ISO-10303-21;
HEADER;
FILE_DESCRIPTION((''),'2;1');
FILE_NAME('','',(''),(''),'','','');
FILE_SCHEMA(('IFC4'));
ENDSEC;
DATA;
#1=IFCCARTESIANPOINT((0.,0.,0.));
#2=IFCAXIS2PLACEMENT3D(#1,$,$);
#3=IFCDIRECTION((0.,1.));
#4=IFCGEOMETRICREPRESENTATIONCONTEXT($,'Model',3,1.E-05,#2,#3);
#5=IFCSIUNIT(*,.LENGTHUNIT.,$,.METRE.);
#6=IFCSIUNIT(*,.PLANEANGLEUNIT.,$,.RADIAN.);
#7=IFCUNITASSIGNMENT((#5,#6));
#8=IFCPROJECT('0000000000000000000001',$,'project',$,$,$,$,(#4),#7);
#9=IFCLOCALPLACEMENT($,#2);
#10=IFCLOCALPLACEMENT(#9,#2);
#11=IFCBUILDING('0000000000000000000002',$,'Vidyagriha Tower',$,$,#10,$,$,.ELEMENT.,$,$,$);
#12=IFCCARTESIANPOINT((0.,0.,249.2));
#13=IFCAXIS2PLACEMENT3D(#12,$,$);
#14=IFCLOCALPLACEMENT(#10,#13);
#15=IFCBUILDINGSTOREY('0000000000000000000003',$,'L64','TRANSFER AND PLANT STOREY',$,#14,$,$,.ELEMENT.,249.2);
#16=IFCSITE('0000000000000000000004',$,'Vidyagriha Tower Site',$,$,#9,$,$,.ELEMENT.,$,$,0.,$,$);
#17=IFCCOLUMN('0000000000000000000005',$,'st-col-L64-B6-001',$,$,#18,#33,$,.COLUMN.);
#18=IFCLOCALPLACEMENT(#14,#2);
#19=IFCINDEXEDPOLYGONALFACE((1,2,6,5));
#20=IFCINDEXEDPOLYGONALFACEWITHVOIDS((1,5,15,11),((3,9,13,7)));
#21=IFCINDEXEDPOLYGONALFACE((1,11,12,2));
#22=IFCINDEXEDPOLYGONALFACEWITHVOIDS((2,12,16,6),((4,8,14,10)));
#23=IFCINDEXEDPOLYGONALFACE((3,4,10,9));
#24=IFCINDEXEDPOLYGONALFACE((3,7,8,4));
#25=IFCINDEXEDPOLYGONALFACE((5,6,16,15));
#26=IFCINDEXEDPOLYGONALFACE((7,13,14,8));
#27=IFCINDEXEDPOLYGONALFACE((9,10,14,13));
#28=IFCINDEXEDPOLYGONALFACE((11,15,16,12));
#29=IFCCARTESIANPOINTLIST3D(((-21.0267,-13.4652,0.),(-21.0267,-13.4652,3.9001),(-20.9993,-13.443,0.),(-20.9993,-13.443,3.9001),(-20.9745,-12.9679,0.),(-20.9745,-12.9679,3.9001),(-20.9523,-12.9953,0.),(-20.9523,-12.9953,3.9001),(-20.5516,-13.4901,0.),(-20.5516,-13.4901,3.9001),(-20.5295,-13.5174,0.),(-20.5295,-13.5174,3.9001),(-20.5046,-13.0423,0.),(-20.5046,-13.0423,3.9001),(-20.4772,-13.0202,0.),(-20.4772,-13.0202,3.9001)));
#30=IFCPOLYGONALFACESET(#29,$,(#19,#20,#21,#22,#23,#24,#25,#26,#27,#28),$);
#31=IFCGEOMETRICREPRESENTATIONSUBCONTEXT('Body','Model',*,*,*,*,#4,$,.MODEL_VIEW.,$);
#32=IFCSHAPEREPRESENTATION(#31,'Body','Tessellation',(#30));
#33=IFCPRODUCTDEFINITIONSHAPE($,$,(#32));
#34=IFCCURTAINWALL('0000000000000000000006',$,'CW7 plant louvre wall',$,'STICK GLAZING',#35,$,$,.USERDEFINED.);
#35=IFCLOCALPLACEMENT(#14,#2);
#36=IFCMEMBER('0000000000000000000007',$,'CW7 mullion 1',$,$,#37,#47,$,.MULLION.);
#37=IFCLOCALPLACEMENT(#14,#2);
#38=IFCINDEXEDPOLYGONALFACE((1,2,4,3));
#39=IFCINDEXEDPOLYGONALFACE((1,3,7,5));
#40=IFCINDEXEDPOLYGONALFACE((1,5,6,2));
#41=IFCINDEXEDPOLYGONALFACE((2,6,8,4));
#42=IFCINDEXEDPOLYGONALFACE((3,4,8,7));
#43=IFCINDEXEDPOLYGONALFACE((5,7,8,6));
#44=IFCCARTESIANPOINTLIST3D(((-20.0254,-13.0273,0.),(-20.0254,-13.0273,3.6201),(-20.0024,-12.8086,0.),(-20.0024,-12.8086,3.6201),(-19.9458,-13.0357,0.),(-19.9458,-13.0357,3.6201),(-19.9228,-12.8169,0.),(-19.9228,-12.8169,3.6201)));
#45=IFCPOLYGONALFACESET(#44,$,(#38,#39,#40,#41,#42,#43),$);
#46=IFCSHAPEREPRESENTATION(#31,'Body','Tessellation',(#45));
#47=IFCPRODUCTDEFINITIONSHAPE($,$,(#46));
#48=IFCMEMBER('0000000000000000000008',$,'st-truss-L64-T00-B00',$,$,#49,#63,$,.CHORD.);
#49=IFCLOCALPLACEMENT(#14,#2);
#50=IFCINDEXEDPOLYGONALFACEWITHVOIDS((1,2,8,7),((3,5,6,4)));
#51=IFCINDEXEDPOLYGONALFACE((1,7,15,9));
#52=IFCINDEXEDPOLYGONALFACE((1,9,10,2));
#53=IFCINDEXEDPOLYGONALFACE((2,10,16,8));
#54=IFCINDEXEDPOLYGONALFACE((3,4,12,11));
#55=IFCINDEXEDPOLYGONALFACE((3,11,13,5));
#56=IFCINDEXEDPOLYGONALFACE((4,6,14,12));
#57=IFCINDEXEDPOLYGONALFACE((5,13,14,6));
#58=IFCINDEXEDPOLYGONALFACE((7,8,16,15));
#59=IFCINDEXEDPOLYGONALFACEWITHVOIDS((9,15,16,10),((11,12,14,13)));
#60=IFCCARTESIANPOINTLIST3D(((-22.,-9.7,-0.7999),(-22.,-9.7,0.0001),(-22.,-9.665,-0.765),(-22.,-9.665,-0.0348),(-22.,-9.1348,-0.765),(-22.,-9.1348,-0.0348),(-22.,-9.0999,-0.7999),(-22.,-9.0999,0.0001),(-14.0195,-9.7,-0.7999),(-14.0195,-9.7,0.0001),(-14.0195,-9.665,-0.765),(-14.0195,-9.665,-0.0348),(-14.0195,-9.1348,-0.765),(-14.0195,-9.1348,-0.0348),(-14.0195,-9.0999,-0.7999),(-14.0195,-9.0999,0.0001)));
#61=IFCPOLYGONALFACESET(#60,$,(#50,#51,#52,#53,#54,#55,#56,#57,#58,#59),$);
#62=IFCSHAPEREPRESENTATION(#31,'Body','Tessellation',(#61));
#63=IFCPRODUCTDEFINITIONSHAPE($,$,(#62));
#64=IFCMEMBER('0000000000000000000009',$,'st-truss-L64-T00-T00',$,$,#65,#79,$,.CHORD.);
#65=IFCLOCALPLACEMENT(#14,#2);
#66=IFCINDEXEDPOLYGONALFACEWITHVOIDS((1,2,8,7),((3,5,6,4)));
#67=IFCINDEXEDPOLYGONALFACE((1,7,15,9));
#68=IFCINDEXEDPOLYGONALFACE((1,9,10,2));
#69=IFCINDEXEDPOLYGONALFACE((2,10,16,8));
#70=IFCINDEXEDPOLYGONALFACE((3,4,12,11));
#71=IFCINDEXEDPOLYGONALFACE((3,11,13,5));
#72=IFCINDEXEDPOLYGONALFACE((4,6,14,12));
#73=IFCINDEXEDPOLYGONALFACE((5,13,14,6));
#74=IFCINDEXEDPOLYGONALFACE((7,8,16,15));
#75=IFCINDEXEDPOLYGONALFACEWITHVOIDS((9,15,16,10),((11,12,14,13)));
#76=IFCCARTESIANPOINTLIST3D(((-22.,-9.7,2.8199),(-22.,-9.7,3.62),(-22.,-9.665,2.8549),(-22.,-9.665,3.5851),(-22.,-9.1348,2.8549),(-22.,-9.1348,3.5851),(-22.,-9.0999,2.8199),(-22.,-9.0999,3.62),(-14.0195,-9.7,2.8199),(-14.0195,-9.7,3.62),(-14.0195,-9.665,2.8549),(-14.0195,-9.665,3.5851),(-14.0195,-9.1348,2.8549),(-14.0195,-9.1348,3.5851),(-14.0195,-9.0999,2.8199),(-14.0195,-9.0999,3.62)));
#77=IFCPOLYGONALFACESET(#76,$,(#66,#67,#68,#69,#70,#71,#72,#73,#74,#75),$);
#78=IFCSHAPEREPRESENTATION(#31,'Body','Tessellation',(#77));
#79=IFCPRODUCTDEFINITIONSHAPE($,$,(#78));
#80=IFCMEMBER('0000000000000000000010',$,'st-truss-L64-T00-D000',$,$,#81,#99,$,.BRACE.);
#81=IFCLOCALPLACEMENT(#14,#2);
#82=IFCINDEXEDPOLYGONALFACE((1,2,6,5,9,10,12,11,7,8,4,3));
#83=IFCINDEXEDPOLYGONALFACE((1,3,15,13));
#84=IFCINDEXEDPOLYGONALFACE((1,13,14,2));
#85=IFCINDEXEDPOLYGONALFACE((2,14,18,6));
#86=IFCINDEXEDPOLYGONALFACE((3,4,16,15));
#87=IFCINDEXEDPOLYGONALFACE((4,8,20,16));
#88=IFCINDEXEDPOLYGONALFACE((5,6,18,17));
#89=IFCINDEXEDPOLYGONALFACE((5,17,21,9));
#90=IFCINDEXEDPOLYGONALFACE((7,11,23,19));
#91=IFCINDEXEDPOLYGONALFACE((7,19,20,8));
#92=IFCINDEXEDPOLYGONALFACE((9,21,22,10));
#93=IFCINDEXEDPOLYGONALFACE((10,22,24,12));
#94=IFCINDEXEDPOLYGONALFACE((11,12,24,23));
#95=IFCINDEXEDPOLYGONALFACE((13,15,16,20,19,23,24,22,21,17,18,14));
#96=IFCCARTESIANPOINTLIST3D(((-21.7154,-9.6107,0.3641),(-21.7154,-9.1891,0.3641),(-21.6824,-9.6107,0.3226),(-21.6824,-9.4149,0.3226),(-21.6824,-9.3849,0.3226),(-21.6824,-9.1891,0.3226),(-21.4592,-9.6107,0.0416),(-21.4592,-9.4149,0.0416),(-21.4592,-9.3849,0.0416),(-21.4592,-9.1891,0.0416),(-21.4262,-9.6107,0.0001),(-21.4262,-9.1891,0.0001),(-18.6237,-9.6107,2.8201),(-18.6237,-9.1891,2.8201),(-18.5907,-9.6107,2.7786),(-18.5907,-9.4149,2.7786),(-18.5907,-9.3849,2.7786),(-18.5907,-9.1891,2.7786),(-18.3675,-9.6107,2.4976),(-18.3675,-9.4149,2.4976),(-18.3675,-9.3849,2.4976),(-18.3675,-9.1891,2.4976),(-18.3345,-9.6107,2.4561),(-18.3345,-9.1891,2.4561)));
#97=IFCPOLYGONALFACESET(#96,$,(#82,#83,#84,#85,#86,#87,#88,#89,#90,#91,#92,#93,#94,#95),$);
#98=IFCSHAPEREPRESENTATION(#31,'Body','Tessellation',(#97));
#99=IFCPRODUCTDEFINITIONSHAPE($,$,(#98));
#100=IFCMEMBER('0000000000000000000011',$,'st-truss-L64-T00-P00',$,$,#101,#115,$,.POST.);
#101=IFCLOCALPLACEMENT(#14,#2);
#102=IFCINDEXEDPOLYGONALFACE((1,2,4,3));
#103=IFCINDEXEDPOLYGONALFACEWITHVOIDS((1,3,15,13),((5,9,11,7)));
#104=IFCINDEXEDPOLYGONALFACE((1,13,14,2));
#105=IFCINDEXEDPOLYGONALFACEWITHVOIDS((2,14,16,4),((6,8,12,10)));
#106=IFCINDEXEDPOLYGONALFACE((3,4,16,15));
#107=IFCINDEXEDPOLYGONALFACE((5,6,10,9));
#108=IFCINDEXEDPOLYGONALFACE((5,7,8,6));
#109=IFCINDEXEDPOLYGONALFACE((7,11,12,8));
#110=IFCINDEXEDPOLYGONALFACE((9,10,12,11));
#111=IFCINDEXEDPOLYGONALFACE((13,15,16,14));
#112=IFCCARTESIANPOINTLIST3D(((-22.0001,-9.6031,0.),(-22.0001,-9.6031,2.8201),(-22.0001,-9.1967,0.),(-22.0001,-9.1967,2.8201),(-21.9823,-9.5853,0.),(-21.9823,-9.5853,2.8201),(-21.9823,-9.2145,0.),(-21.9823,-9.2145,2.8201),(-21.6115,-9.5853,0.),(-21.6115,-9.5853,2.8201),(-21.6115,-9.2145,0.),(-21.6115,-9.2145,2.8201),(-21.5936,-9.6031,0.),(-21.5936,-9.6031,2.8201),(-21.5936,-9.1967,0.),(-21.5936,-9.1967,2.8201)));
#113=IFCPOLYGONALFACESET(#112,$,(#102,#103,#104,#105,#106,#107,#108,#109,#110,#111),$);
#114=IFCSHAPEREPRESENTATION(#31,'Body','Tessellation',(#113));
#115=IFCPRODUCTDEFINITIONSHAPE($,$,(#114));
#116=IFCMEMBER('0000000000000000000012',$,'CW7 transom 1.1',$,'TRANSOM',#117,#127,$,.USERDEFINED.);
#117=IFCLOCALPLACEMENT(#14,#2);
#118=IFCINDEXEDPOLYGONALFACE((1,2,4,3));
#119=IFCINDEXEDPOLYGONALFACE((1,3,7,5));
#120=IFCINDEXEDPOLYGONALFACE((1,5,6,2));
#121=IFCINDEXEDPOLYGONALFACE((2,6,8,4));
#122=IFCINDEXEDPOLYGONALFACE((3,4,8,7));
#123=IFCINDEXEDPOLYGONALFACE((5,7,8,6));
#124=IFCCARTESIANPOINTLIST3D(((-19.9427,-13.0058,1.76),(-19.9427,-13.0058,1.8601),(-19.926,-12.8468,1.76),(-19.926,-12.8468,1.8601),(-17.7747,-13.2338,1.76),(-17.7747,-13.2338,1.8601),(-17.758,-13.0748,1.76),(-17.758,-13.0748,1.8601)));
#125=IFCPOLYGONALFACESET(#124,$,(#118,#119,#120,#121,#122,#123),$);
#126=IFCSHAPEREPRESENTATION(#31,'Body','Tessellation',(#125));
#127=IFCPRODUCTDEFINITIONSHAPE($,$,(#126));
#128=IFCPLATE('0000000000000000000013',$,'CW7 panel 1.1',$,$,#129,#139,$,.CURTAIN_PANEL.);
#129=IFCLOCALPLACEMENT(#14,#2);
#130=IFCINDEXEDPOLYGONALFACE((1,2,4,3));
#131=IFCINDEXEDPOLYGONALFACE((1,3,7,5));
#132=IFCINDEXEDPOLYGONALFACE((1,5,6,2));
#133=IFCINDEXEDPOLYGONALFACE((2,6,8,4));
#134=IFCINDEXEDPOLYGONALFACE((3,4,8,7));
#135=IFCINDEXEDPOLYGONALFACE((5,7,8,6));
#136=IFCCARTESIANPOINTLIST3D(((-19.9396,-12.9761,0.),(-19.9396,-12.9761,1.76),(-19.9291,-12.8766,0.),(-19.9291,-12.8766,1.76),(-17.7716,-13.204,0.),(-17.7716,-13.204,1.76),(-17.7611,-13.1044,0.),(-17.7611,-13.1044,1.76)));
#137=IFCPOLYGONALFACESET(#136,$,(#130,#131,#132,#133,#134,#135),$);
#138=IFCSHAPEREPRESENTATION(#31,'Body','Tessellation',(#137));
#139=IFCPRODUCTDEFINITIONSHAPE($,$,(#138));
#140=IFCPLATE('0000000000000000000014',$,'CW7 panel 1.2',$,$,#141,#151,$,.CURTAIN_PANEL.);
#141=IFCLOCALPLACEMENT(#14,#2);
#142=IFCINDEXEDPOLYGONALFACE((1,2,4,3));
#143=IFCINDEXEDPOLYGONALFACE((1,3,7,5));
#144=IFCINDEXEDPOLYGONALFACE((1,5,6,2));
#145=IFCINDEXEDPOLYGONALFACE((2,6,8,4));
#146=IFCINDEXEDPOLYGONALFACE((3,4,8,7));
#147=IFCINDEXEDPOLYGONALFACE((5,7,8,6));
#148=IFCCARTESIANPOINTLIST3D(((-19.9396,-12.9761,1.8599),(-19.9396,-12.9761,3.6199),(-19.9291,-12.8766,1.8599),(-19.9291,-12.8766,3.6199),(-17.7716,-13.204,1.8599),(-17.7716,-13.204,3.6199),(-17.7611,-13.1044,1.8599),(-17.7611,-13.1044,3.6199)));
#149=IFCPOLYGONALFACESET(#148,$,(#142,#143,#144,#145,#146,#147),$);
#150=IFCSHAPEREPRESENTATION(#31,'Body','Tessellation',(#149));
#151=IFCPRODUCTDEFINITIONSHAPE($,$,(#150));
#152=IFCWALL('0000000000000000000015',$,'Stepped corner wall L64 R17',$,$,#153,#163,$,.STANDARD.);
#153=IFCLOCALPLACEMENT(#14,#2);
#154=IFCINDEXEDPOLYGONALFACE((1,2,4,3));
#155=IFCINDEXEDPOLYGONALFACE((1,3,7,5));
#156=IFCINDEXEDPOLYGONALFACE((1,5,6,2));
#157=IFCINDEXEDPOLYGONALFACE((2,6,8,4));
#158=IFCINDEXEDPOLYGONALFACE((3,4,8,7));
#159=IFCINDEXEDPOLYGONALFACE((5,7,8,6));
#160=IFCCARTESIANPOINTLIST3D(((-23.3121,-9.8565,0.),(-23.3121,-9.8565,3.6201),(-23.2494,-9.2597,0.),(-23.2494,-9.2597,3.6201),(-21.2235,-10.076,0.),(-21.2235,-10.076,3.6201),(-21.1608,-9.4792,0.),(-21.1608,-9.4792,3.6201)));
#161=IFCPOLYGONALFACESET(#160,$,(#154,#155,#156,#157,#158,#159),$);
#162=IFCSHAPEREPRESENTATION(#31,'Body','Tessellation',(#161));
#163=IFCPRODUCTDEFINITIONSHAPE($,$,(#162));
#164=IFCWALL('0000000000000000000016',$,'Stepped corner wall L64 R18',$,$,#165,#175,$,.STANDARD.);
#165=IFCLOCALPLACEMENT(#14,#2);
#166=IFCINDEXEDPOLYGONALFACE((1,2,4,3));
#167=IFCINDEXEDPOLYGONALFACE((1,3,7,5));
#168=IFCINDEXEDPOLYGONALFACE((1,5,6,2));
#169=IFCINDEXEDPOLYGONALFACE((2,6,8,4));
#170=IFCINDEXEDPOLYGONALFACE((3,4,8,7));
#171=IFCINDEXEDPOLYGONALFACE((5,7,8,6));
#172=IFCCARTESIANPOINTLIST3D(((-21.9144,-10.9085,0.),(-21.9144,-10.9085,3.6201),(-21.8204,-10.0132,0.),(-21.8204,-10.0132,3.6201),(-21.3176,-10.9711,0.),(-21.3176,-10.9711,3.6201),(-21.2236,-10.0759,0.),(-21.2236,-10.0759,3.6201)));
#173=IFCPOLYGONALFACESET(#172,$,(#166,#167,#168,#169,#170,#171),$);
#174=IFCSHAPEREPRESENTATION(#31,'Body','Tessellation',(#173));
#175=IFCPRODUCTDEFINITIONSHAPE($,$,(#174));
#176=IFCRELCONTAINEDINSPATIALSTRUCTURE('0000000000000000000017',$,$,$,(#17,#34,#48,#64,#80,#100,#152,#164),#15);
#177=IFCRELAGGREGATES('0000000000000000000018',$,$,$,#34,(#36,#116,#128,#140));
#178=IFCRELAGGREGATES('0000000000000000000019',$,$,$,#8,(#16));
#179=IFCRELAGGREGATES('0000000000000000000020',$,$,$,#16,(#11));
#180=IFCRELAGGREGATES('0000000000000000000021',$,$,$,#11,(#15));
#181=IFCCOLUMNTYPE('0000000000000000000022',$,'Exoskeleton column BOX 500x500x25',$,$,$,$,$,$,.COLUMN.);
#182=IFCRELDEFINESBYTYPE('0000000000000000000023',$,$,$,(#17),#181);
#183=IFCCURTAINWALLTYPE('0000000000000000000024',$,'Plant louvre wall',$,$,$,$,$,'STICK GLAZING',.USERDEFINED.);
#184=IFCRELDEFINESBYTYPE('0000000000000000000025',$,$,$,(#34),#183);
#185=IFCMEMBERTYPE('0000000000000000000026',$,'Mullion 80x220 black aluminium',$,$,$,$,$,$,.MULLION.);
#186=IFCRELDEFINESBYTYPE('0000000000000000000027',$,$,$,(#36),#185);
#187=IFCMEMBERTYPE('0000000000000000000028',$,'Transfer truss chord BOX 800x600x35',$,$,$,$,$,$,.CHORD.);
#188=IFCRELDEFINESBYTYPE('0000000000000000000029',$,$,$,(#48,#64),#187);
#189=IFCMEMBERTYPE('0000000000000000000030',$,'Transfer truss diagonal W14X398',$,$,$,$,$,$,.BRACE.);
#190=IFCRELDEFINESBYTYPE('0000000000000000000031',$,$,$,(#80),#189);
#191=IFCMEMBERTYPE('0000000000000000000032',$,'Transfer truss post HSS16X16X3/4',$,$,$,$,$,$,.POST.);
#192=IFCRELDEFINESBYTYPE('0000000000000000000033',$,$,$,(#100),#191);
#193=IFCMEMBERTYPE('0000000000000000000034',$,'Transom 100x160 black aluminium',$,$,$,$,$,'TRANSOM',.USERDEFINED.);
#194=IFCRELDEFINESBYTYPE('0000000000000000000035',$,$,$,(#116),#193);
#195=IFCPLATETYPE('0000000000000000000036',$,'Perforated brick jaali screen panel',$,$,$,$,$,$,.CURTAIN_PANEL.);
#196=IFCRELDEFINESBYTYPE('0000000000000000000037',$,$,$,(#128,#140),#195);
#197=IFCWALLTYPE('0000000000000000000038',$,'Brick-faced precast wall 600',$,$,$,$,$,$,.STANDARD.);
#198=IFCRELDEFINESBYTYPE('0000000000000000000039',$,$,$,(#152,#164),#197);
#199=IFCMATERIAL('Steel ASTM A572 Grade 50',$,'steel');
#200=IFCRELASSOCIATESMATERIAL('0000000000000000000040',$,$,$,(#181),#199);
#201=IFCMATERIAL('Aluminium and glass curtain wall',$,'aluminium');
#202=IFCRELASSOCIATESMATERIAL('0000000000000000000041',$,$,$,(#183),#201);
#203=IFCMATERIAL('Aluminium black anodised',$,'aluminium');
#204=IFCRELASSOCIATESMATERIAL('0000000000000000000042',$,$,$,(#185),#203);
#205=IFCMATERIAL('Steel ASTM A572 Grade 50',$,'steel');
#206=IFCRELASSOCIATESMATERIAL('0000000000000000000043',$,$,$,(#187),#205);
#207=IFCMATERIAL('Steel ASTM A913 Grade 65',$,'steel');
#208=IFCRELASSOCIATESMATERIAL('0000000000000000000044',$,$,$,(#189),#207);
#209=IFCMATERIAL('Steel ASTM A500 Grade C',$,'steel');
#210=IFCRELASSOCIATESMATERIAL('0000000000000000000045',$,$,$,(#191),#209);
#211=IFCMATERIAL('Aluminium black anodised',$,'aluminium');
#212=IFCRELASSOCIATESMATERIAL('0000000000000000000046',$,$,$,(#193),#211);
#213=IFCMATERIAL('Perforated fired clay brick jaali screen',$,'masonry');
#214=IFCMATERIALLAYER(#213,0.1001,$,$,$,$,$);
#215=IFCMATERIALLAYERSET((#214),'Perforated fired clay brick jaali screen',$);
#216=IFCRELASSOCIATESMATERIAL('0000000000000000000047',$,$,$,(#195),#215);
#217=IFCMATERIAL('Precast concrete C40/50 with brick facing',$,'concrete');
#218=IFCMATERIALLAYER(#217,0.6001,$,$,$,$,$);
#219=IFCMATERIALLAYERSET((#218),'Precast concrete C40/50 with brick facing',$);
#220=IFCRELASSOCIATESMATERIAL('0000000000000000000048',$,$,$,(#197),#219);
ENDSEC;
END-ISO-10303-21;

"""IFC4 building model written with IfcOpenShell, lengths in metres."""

from ifc_helpers import new_model, si_unit, direction, frame, frame_2d, origin, origin_2d, place, context, subcontext, project, spatial, rectangle, hollow_rectangle, i_section, extrude, material, layer, layer_set, material_profile, profile_set, type_object, element, aggregate, save


model = new_model("IFC4")

# Units and contexts
model_context = context("Model", 3, precision=1e-05, world=origin(), true_north=direction((0.0, 1.0)))
body_context = subcontext(model_context, "Body", "Model", "MODEL_VIEW")
ifc_project = project(units=[si_unit("LENGTHUNIT", "METRE"), si_unit("PLANEANGLEUNIT", "RADIAN")], contexts=[model_context])

# Site, building, storey
site_placement = place(None, origin())
site = spatial("IfcSite", under=ifc_project, at=site_placement, Name="Vidyagriha Tower Site", CompositionType="ELEMENT", RefElevation=0.0)
building_placement = place(site_placement, origin())
building = spatial("IfcBuilding", under=site, at=building_placement, Name="Vidyagriha Tower", CompositionType="ELEMENT")
storey_placement = place(building_placement, frame((0.0, 0.0, 249.2)))
storey = spatial("IfcBuildingStorey", under=building, at=storey_placement, Name="L64", Description="TRANSFER AND PLANT STOREY", CompositionType="ELEMENT", Elevation=249.2)

# Column
ifc_material_1 = material(Name="Steel ASTM A572 Grade 50", Category="steel")
ifc_material_profile_1 = material_profile(ifc_material_1, hollow_rectangle(XDim=0.5, YDim=0.5, WallThickness=0.0249, at=origin_2d()), Name="BOX 500x500x25")
ifc_profile_set_1 = profile_set([ifc_material_profile_1], Name="Steel ASTM A572 Grade 50")
column_type = type_object("IfcColumnType", Name="Exoskeleton column BOX 500x500x25", PredefinedType="COLUMN", material=ifc_profile_set_1)
column_placement = place(storey_placement, frame((-20.752, -13.2427, 0.0), z_axis=(0.0, 0.0, 1.0), x_axis=(0.994522, -0.104528, 0.0)))
element("IfcColumn", 1, at=column_placement, inside=storey, type_object=column_type, Name="st-col-L64-B6-001", PredefinedType="COLUMN", context=body_context, shape_type="SweptSolid", body=[
    extrude(hollow_rectangle(XDim=0.5, YDim=0.5, WallThickness=0.0249, at=origin_2d()), origin(), (0.0, 0.0, 1.0), 3.9001),
])

# Curtain wall, member
ifc_material_2 = material(Name="Aluminium and glass curtain wall", Category="aluminium")
curtain_wall_type = type_object("IfcCurtainWallType", Name="Plant louvre wall", ElementType="STICK GLAZING", PredefinedType="USERDEFINED", material=ifc_material_2)
curtain_wall_placement = place(storey_placement, origin())
curtain_wall = element("IfcCurtainWall", 2, at=curtain_wall_placement, inside=storey, type_object=curtain_wall_type, Name="CW7 plant louvre wall", ObjectType="STICK GLAZING", PredefinedType="USERDEFINED")
ifc_material_3 = material(Name="Aluminium black anodised", Category="aluminium")
ifc_material_profile_2 = material_profile(ifc_material_3, rectangle(XDim=0.22, YDim=0.0801, at=origin_2d()), Name="Mullion 80x220 black aluminium")
ifc_profile_set_2 = profile_set([ifc_material_profile_2], Name="Aluminium black anodised")
member_type_1 = type_object("IfcMemberType", Name="Mullion 80x220 black aluminium", PredefinedType="MULLION", material=ifc_profile_set_2)
member_1_placement = place(storey_placement, frame((-19.9741, -12.9221, 0.0), z_axis=(0.0, 0.0, 1.0), x_axis=(0.104527, 0.994522, 0.0)))
member_1 = element("IfcMember", 3, at=member_1_placement, type_object=member_type_1, Name="CW7 mullion 1", PredefinedType="MULLION", context=body_context, shape_type="SweptSolid", body=[
    extrude(rectangle(XDim=0.22, YDim=0.0801, at=origin_2d()), origin(), (0.0, 0.0, 1.0), 3.6201),
])

# Members
ifc_material_4 = material(Name="Steel ASTM A572 Grade 50", Category="steel")
ifc_material_profile_3 = material_profile(ifc_material_4, hollow_rectangle(XDim=0.6001, YDim=0.8, WallThickness=0.0349, at=origin_2d()), Name="BOX 800x600x35")
ifc_profile_set_3 = profile_set([ifc_material_profile_3], Name="Steel ASTM A572 Grade 50")
member_type_2 = type_object("IfcMemberType", Name="Transfer truss chord BOX 800x600x35", PredefinedType="CHORD", material=ifc_profile_set_3)
for number, where, z_axis, x_axis, name in (
    (4, (-22.0, -9.3999, -0.3999), (1.0, 0.0, 0.0), (0.0, 1.0, 0.0), "st-truss-L64-T00-B00"),
    (5, (-22.0, -9.3999, 3.22), (1.0, 0.0, 0.0), (0.0, 1.0, 0.0), "st-truss-L64-T00-T00"),
):
    element("IfcMember", number, at=place(storey_placement, frame(where, z_axis=z_axis, x_axis=x_axis)), inside=storey, type_object=member_type_2, Name=name, PredefinedType="CHORD", context=body_context, shape_type="SweptSolid", body=[
        extrude(hollow_rectangle(XDim=0.6001, YDim=0.8, WallThickness=0.0349, at=origin_2d()), origin(), (0.0, 0.0, 1.0), 7.9805),
    ])
ifc_material_5 = material(Name="Steel ASTM A913 Grade 65", Category="steel")
ifc_material_profile_4 = material_profile(ifc_material_5, i_section(OverallWidth=0.4216, OverallDepth=0.4648, WebThickness=0.03, FlangeThickness=0.053, at=origin_2d()), Name="W14X398")
ifc_profile_set_4 = profile_set([ifc_material_profile_4], Name="Steel ASTM A913 Grade 65")
member_type_3 = type_object("IfcMemberType", Name="Transfer truss diagonal W14X398", PredefinedType="BRACE", material=ifc_profile_set_4)
member_2_placement = place(storey_placement, frame((-21.5708, -9.3999, 0.1821), z_axis=(0.783012, 0.0, 0.622007), x_axis=(0.0, 1.0, 0.0)))
element("IfcMember", 6, at=member_2_placement, inside=storey, type_object=member_type_3, Name="st-truss-L64-T00-D000", PredefinedType="BRACE", context=body_context, shape_type="SweptSolid", body=[
    extrude(i_section(OverallWidth=0.4216, OverallDepth=0.4648, WebThickness=0.03, FlangeThickness=0.053, at=origin_2d()), origin(), (0.0, 0.0, 1.0), 3.9485),
])
ifc_material_6 = material(Name="Steel ASTM A500 Grade C", Category="steel")
ifc_material_profile_5 = material_profile(ifc_material_6, hollow_rectangle(XDim=0.4065, YDim=0.4065, WallThickness=0.0178, at=origin_2d()), Name="HSS16X16X3/4")
ifc_profile_set_5 = profile_set([ifc_material_profile_5], Name="Steel ASTM A500 Grade C")
member_type_4 = type_object("IfcMemberType", Name="Transfer truss post HSS16X16X3/4", PredefinedType="POST", material=ifc_profile_set_5)
member_3_placement = place(storey_placement, frame((-21.7969, -9.3999, 0.0)))
element("IfcMember", 7, at=member_3_placement, inside=storey, type_object=member_type_4, Name="st-truss-L64-T00-P00", PredefinedType="POST", context=body_context, shape_type="SweptSolid", body=[
    extrude(hollow_rectangle(XDim=0.4065, YDim=0.4065, WallThickness=0.0178, at=origin_2d()), origin(), (0.0, 0.0, 1.0), 2.8201),
])

# Member
ifc_material_7 = material(Name="Aluminium black anodised", Category="aluminium")
ifc_material_profile_6 = material_profile(ifc_material_7, rectangle(XDim=0.1599, YDim=0.1001, at=origin_2d()), Name="Transom 100x160 black aluminium")
ifc_profile_set_6 = profile_set([ifc_material_profile_6], Name="Aluminium black anodised")
member_type_5 = type_object("IfcMemberType", Name="Transom 100x160 black aluminium", ElementType="TRANSOM", PredefinedType="USERDEFINED", material=ifc_profile_set_6)
member_4_placement = place(storey_placement, frame((-19.9343, -12.9263, 1.8101), z_axis=(0.994514, -0.104603, 0.0), x_axis=(0.104603, 0.994514, 0.0)))
member_4 = element("IfcMember", 8, at=member_4_placement, type_object=member_type_5, Name="CW7 transom 1.1", ObjectType="TRANSOM", PredefinedType="USERDEFINED", context=body_context, shape_type="SweptSolid", body=[
    extrude(rectangle(XDim=0.1599, YDim=0.1001, at=origin_2d()), origin(), (0.0, 0.0, 1.0), 2.1799),
])

# Plates
ifc_material_8 = material(Name="Perforated fired clay brick jaali screen", Category="masonry")
ifc_layer_1 = layer(ifc_material_8, 0.1001)
ifc_layer_set_1 = layer_set([ifc_layer_1], Name="Perforated fired clay brick jaali screen")
plate_type = type_object("IfcPlateType", Name="Perforated brick jaali screen panel", PredefinedType="CURTAIN_PANEL", material=ifc_layer_set_1)
plate_1_placement = place(storey_placement, frame((-18.8503, -13.0403, 0.0), z_axis=(0.0, 0.0, 1.0), x_axis=(0.994522, -0.104527, 0.0)))
plate_1 = element("IfcPlate", 9, at=plate_1_placement, type_object=plate_type, Name="CW7 panel 1.1", PredefinedType="CURTAIN_PANEL", context=body_context, shape_type="SweptSolid", body=[
    extrude(rectangle(XDim=2.1799, YDim=0.1001, at=origin_2d()), origin(), (0.0, 0.0, 1.0), 1.76),
])
plate_2_placement = place(storey_placement, frame((-18.8503, -13.0403, 1.8599), z_axis=(0.0, 0.0, 1.0), x_axis=(0.994522, -0.104527, 0.0)))
plate_2 = element("IfcPlate", 10, at=plate_2_placement, type_object=plate_type, Name="CW7 panel 1.2", PredefinedType="CURTAIN_PANEL", context=body_context, shape_type="SweptSolid", body=[
    extrude(rectangle(XDim=2.1799, YDim=0.1001, at=origin_2d()), origin(), (0.0, 0.0, 1.0), 1.76),
])
aggregate(curtain_wall, [member_1, member_4, plate_1, plate_2])

# Walls
ifc_material_9 = material(Name="Precast concrete C40/50 with brick facing", Category="concrete")
ifc_layer_2 = layer(ifc_material_9, 0.6001)
ifc_layer_set_2 = layer_set([ifc_layer_2], Name="Precast concrete C40/50 with brick facing")
wall_type_1 = type_object("IfcWallType", Name="Brick-faced precast wall 600", PredefinedType="STANDARD", material=ifc_layer_set_2)
wall_1_placement = place(storey_placement, frame((-23.2808, -9.5581, 0.0), z_axis=(0.0, 0.0, 1.0), x_axis=(0.994524, -0.104509, 0.0)))
element("IfcWall", 11, at=wall_1_placement, inside=storey, type_object=wall_type_1, Name="Stepped corner wall L64 R17", PredefinedType="STANDARD", context=body_context, shape_type="SweptSolid", body=[
    extrude(rectangle(XDim=2.1001, YDim=0.6001, at=frame_2d((1.05, 0.0))), origin(), (0.0, 0.0, 1.0), 3.6201),
])
wall_2_placement = place(storey_placement, frame((-21.522, -10.0444, 0.0), z_axis=(0.0, 0.0, 1.0), x_axis=(-0.104417, -0.994534, 0.0)))
element("IfcWall", 12, at=wall_2_placement, inside=storey, type_object=wall_type_1, Name="Stepped corner wall L64 R18", PredefinedType="STANDARD", context=body_context, shape_type="SweptSolid", body=[
    extrude(rectangle(XDim=0.9001, YDim=0.6001, at=frame_2d((0.4502, 0.0))), origin(), (0.0, 0.0, 1.0), 3.6201),
])

save(model, "model.ifc")
